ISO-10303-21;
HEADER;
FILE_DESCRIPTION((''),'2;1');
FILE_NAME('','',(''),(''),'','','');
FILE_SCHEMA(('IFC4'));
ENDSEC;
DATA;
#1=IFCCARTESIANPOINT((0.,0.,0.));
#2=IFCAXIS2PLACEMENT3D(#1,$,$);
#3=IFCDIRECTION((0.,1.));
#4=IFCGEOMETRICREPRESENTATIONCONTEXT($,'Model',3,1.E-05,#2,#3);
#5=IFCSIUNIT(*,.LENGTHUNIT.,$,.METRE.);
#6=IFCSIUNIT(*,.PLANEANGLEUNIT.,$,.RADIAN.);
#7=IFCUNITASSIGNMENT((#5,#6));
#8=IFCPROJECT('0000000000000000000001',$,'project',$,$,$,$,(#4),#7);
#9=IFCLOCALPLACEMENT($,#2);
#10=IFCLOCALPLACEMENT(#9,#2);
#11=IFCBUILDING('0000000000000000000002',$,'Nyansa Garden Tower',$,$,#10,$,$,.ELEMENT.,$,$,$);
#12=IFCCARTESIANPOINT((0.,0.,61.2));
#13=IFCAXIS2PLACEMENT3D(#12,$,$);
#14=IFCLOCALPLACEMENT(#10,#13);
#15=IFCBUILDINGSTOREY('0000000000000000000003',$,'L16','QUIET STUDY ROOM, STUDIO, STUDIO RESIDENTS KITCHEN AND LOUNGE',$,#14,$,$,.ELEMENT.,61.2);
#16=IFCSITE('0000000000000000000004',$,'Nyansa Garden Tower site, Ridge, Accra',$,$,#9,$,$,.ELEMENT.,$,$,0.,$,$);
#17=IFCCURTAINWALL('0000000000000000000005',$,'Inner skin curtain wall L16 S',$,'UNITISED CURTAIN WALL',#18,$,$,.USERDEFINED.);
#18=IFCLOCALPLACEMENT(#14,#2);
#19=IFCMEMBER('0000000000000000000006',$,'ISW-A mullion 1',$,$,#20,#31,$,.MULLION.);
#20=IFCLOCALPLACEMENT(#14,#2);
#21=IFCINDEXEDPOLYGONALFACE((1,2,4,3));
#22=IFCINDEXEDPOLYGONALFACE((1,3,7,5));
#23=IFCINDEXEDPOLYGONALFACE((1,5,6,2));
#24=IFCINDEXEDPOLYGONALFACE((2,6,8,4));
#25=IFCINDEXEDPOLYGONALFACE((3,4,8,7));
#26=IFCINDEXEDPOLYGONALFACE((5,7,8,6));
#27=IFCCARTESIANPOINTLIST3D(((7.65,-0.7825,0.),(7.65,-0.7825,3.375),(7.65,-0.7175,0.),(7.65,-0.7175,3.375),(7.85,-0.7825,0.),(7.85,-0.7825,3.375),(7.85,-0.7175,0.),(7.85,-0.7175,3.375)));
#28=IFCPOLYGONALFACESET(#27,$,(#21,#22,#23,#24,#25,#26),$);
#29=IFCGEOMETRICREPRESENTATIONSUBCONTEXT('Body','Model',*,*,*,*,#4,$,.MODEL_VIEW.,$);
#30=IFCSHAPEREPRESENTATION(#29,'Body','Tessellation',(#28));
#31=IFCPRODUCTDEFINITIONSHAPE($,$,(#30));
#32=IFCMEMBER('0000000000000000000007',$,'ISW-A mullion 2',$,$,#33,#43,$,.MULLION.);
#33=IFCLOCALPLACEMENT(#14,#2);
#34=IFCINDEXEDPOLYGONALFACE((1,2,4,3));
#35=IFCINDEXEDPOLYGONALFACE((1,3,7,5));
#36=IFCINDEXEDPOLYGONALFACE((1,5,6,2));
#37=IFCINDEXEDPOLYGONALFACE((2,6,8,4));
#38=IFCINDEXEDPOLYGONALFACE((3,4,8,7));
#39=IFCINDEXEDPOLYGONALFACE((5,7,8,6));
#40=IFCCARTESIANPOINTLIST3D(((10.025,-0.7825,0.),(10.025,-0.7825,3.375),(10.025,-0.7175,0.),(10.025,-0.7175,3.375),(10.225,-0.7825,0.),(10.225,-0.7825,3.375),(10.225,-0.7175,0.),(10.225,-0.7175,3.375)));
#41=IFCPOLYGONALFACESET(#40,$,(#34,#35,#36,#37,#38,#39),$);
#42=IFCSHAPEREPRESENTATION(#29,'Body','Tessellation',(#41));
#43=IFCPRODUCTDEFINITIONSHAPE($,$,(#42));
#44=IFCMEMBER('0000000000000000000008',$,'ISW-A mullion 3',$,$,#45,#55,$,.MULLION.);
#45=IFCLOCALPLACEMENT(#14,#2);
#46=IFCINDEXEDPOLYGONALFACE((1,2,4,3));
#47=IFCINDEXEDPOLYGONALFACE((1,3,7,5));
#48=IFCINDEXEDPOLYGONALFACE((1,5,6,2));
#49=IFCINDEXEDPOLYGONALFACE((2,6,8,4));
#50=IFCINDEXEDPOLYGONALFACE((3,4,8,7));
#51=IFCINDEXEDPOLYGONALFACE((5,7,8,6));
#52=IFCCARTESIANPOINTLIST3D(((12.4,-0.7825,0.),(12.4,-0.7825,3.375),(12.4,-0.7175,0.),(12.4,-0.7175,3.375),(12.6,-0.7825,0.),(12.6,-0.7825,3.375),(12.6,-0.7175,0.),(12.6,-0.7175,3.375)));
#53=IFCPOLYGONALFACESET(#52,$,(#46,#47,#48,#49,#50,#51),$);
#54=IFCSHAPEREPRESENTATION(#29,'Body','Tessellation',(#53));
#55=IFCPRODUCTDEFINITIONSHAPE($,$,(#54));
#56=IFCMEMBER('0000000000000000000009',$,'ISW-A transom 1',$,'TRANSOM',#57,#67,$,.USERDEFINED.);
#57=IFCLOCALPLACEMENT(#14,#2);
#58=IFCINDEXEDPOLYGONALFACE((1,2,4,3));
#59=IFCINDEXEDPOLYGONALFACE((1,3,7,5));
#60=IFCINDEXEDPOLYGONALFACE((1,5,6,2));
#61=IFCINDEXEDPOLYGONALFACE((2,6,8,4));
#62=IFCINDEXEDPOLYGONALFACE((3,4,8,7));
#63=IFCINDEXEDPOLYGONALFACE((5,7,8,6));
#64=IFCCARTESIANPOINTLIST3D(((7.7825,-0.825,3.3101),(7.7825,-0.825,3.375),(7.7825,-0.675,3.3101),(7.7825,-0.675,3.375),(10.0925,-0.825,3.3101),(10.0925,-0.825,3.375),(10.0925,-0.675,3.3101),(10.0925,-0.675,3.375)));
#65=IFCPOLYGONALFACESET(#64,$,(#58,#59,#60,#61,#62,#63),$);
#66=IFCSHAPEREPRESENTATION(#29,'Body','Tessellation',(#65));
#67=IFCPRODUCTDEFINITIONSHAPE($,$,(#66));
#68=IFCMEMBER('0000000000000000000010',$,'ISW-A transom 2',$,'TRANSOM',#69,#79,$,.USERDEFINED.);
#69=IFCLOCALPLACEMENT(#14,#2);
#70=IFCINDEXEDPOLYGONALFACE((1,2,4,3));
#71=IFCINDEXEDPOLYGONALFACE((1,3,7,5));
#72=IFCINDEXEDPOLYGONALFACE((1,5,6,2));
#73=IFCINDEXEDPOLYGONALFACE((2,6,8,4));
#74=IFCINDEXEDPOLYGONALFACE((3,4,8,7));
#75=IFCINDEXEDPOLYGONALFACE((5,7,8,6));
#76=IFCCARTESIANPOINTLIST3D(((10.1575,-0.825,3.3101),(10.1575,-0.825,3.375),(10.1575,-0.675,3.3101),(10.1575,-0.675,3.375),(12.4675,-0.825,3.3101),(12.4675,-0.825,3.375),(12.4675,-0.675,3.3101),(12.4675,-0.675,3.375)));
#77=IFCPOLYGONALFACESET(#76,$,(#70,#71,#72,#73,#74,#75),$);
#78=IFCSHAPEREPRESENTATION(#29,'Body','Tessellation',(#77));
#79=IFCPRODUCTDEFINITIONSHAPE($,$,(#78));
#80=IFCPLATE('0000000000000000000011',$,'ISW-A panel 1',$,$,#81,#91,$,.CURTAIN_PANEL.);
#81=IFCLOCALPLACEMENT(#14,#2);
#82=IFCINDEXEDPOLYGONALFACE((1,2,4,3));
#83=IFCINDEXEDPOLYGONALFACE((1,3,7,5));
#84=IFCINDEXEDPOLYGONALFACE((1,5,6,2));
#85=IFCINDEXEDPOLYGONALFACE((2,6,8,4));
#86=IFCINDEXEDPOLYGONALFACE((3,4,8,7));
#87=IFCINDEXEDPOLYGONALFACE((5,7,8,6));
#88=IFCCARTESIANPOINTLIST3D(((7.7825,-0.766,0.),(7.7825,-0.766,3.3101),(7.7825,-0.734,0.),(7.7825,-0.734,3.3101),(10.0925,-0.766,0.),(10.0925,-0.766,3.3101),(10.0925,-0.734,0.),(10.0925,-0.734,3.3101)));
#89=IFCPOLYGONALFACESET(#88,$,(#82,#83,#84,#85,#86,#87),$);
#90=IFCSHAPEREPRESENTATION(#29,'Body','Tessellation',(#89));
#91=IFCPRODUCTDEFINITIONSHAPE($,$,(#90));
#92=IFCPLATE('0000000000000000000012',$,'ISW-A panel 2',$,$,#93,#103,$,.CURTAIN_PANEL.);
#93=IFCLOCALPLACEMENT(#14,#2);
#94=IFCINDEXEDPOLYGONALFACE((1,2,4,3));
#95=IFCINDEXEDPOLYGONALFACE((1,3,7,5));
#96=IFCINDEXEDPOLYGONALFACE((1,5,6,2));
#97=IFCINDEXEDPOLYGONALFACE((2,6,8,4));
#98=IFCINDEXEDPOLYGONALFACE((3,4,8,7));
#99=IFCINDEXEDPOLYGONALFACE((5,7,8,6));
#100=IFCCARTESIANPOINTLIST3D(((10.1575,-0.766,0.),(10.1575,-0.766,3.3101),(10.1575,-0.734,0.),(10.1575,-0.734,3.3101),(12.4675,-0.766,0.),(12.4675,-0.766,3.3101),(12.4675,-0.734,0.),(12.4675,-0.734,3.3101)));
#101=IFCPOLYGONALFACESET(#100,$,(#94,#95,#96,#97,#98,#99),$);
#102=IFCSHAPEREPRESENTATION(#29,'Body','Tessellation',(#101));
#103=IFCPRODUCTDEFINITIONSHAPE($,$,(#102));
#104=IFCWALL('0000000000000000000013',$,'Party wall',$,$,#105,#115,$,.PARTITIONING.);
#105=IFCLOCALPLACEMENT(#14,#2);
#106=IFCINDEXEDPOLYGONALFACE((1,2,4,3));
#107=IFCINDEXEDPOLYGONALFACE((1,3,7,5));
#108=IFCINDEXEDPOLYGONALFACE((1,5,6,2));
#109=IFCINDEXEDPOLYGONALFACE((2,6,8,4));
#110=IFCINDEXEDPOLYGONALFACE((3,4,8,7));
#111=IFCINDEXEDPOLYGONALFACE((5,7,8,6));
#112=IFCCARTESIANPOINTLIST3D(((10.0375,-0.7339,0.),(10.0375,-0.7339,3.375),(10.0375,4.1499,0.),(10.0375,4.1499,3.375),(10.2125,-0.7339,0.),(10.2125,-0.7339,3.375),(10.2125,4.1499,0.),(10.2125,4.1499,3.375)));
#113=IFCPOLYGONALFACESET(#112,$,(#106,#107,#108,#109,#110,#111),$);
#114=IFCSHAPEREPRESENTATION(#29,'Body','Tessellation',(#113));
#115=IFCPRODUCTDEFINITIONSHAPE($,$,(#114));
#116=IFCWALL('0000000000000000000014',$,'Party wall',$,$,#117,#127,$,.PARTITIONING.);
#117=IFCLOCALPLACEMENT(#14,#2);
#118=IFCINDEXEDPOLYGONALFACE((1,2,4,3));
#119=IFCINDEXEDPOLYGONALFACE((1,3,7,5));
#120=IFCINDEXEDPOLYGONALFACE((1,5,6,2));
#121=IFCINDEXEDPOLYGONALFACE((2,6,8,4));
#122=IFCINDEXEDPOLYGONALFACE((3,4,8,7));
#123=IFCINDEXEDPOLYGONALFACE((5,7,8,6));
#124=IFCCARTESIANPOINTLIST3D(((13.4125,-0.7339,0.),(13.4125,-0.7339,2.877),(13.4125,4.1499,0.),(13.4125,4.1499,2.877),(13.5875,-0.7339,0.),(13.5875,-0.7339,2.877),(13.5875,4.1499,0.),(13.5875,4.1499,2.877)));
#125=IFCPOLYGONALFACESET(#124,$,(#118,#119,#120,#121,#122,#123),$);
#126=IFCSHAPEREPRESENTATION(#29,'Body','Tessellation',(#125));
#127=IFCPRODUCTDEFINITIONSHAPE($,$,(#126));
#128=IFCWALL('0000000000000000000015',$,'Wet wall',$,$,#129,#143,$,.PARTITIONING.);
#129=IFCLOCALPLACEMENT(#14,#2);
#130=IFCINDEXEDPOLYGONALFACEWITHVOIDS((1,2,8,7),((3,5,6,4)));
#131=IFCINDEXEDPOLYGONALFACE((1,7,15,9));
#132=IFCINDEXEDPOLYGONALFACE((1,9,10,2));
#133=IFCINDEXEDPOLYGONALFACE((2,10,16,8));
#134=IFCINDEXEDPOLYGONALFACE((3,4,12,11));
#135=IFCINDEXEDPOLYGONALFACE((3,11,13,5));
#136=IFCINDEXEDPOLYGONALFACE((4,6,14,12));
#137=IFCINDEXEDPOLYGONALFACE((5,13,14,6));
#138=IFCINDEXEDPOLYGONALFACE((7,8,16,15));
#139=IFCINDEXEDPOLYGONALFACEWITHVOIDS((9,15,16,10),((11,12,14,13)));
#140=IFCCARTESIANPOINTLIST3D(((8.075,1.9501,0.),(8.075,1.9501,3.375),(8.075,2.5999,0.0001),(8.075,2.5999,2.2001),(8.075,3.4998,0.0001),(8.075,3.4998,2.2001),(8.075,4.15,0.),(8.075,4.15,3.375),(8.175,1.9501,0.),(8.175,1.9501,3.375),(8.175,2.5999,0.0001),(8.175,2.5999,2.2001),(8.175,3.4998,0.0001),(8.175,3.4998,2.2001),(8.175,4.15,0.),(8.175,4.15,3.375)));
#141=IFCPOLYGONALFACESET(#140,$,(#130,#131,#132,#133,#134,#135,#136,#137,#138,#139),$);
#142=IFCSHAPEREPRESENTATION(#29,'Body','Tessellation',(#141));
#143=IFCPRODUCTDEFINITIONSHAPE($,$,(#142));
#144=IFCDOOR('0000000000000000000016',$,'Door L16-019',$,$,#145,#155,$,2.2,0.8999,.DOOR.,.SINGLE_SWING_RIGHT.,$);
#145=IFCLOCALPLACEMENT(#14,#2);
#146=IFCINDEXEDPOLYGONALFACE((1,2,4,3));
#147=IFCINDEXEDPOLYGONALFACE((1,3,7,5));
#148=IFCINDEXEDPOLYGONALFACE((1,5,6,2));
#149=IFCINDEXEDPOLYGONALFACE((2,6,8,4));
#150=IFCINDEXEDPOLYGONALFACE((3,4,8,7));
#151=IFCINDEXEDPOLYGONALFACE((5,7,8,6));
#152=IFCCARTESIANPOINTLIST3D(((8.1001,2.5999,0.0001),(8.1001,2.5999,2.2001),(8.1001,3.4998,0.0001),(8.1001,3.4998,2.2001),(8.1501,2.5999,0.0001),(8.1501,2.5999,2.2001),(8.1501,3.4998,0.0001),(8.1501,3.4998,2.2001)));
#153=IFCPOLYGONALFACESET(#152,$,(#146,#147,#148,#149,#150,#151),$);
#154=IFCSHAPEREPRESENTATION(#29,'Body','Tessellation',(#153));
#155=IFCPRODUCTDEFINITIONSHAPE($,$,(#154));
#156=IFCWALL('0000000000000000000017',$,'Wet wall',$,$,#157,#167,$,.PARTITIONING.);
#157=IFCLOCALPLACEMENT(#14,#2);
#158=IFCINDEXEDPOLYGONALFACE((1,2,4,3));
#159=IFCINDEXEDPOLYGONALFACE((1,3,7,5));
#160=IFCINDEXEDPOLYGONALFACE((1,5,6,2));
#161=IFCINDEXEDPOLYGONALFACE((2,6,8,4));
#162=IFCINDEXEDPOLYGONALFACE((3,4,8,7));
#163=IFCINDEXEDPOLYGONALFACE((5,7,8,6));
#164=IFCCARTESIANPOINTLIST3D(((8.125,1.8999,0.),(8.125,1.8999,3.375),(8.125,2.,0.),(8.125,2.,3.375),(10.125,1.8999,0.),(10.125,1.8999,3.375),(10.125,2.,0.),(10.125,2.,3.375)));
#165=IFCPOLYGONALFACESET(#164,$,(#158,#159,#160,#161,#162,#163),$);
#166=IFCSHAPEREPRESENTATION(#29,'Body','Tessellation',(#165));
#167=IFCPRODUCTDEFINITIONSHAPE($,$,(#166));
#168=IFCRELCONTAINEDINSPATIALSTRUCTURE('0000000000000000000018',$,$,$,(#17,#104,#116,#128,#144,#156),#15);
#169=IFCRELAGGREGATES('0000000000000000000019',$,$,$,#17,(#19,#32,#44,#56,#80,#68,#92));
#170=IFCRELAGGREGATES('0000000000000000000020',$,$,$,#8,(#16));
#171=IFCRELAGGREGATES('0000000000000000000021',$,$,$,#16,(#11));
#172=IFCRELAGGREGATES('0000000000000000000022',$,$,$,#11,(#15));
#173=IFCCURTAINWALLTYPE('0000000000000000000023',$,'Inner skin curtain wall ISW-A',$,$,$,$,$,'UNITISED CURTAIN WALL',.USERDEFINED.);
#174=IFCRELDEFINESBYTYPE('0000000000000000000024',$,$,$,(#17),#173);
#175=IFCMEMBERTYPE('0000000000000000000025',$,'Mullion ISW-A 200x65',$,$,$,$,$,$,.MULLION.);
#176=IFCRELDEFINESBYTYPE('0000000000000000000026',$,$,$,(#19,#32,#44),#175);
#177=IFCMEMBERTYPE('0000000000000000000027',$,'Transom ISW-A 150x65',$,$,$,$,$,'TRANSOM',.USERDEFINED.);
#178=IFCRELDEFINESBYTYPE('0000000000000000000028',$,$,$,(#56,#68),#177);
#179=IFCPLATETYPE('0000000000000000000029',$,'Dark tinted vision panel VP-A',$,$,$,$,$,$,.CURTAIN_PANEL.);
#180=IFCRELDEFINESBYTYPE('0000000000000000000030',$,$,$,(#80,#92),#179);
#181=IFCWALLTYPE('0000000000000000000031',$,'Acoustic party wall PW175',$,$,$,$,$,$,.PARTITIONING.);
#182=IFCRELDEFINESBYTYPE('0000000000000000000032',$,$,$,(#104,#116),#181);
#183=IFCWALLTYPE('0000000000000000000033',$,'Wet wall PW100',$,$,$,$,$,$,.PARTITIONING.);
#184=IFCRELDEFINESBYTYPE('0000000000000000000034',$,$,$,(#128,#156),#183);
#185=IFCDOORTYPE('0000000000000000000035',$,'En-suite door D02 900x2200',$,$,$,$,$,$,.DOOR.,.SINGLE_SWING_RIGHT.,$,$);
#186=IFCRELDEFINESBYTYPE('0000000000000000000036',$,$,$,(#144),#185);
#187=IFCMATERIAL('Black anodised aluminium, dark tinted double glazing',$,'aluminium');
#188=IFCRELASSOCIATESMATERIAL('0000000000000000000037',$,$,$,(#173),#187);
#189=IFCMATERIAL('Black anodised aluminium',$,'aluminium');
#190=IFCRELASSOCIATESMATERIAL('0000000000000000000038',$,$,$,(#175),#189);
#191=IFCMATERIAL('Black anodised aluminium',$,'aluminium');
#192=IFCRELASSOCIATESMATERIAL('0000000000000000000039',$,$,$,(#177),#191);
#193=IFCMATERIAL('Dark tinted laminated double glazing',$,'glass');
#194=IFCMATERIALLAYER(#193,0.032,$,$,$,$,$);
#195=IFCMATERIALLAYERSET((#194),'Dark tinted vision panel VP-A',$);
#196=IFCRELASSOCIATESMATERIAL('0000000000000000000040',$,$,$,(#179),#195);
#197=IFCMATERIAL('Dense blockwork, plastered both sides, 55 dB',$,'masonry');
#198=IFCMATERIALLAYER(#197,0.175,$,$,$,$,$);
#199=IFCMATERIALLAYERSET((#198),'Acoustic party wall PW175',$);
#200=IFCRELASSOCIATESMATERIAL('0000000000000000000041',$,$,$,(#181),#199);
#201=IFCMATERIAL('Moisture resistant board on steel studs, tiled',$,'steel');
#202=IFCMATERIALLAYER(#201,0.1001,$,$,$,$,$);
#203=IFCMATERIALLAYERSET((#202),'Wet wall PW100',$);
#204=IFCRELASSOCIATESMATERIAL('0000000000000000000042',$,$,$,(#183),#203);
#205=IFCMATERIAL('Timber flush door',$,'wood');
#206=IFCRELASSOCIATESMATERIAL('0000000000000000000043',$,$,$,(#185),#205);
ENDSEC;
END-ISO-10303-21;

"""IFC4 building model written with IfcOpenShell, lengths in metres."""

from ifc_helpers import new_model, si_unit, direction, frame, frame_2d, origin, origin_2d, place, context, subcontext, project, spatial, rectangle, extrude, material, layer, layer_set, material_profile, profile_set, type_object, element, fill, aggregate, save


model = new_model("IFC4")

# Units and contexts
model_context = context("Model", 3, precision=1e-05, world=origin(), true_north=direction((0.0, 1.0)))
body_context = subcontext(model_context, "Body", "Model", "MODEL_VIEW")
ifc_project = project(units=[si_unit("LENGTHUNIT", "METRE"), si_unit("PLANEANGLEUNIT", "RADIAN")], contexts=[model_context])

# Site, building, storey
site_placement = place(None, origin())
site = spatial("IfcSite", under=ifc_project, at=site_placement, Name="Nyansa Garden Tower site, Ridge, Accra", CompositionType="ELEMENT", RefElevation=0.0)
building_placement = place(site_placement, origin())
building = spatial("IfcBuilding", under=site, at=building_placement, Name="Nyansa Garden Tower", CompositionType="ELEMENT")
storey_placement = place(building_placement, frame((0.0, 0.0, 61.2)))
storey = spatial("IfcBuildingStorey", under=building, at=storey_placement, Name="L16", Description="QUIET STUDY ROOM, STUDIO, STUDIO RESIDENTS KITCHEN AND LOUNGE", CompositionType="ELEMENT", Elevation=61.2)

# Curtain wall, members, plates
ifc_material_1 = material(Name="Black anodised aluminium, dark tinted double glazing", Category="aluminium")
curtain_wall_type = type_object("IfcCurtainWallType", Name="Inner skin curtain wall ISW-A", ElementType="UNITISED CURTAIN WALL", PredefinedType="USERDEFINED", material=ifc_material_1)
curtain_wall_placement = place(storey_placement, origin())
curtain_wall = element("IfcCurtainWall", 1, at=curtain_wall_placement, inside=storey, type_object=curtain_wall_type, Name="Inner skin curtain wall L16 S", ObjectType="UNITISED CURTAIN WALL", PredefinedType="USERDEFINED")
ifc_material_2 = material(Name="Black anodised aluminium", Category="aluminium")
ifc_material_profile_1 = material_profile(ifc_material_2, rectangle(XDim=0.0649, YDim=0.2, at=origin_2d()), Name="Mullion 200x65")
ifc_profile_set_1 = profile_set([ifc_material_profile_1], Name="Black anodised aluminium")
member_type_1 = type_object("IfcMemberType", Name="Mullion ISW-A 200x65", PredefinedType="MULLION", material=ifc_profile_set_1)
member_1_placement = place(storey_placement, frame((7.75, -0.75, 0.0), z_axis=(0.0, 0.0, 1.0), x_axis=(0.0, 1.0, 0.0)))
member_1 = element("IfcMember", 2, at=member_1_placement, type_object=member_type_1, Name="ISW-A mullion 1", PredefinedType="MULLION", context=body_context, shape_type="SweptSolid", body=[
    extrude(rectangle(XDim=0.0649, YDim=0.2, at=origin_2d()), origin(), (0.0, 0.0, 1.0), 3.375),
])
member_2_placement = place(storey_placement, frame((10.125, -0.75, 0.0), z_axis=(0.0, 0.0, 1.0), x_axis=(0.0, 1.0, 0.0)))
member_2 = element("IfcMember", 3, at=member_2_placement, type_object=member_type_1, Name="ISW-A mullion 2", PredefinedType="MULLION", context=body_context, shape_type="SweptSolid", body=[
    extrude(rectangle(XDim=0.0649, YDim=0.2, at=origin_2d()), origin(), (0.0, 0.0, 1.0), 3.375),
])
member_3_placement = place(storey_placement, frame((12.5, -0.75, 0.0), z_axis=(0.0, 0.0, 1.0), x_axis=(0.0, 1.0, 0.0)))
member_3 = element("IfcMember", 4, at=member_3_placement, type_object=member_type_1, Name="ISW-A mullion 3", PredefinedType="MULLION", context=body_context, shape_type="SweptSolid", body=[
    extrude(rectangle(XDim=0.0649, YDim=0.2, at=origin_2d()), origin(), (0.0, 0.0, 1.0), 3.375),
])
ifc_material_3 = material(Name="Black anodised aluminium", Category="aluminium")
ifc_material_profile_2 = material_profile(ifc_material_3, rectangle(XDim=0.1499, YDim=0.0649, at=origin_2d()), Name="Transom 150x65")
ifc_profile_set_2 = profile_set([ifc_material_profile_2], Name="Black anodised aluminium")
member_type_2 = type_object("IfcMemberType", Name="Transom ISW-A 150x65", ElementType="TRANSOM", PredefinedType="USERDEFINED", material=ifc_profile_set_2)
member_4_placement = place(storey_placement, frame((7.7825, -0.75, 3.3425), z_axis=(1.0, 0.0, 0.0), x_axis=(0.0, 1.0, 0.0)))
member_4 = element("IfcMember", 5, at=member_4_placement, type_object=member_type_2, Name="ISW-A transom 1", ObjectType="TRANSOM", PredefinedType="USERDEFINED", context=body_context, shape_type="SweptSolid", body=[
    extrude(rectangle(XDim=0.1499, YDim=0.0649, at=origin_2d()), origin(), (0.0, 0.0, 1.0), 2.3101),
])
member_5_placement = place(storey_placement, frame((10.1575, -0.75, 3.3425), z_axis=(1.0, 0.0, 0.0), x_axis=(0.0, 1.0, 0.0)))
member_5 = element("IfcMember", 6, at=member_5_placement, type_object=member_type_2, Name="ISW-A transom 2", ObjectType="TRANSOM", PredefinedType="USERDEFINED", context=body_context, shape_type="SweptSolid", body=[
    extrude(rectangle(XDim=0.1499, YDim=0.0649, at=origin_2d()), origin(), (0.0, 0.0, 1.0), 2.3101),
])
ifc_material_4 = material(Name="Dark tinted laminated double glazing", Category="glass")
ifc_layer_1 = layer(ifc_material_4, 0.032)
ifc_layer_set_1 = layer_set([ifc_layer_1], Name="Dark tinted vision panel VP-A")
plate_type = type_object("IfcPlateType", Name="Dark tinted vision panel VP-A", PredefinedType="CURTAIN_PANEL", material=ifc_layer_set_1)
plate_1_placement = place(storey_placement, frame((8.9375, -0.75, 0.0), z_axis=(0.0, 0.0, 1.0), x_axis=(1.0, 0.0, 0.0)))
plate_1 = element("IfcPlate", 7, at=plate_1_placement, type_object=plate_type, Name="ISW-A panel 1", PredefinedType="CURTAIN_PANEL", context=body_context, shape_type="SweptSolid", body=[
    extrude(rectangle(XDim=2.3101, YDim=0.032, at=origin_2d()), origin(), (0.0, 0.0, 1.0), 3.3101),
])
plate_2_placement = place(storey_placement, frame((11.3125, -0.75, 0.0), z_axis=(0.0, 0.0, 1.0), x_axis=(1.0, 0.0, 0.0)))
plate_2 = element("IfcPlate", 8, at=plate_2_placement, type_object=plate_type, Name="ISW-A panel 2", PredefinedType="CURTAIN_PANEL", context=body_context, shape_type="SweptSolid", body=[
    extrude(rectangle(XDim=2.3101, YDim=0.032, at=origin_2d()), origin(), (0.0, 0.0, 1.0), 3.3101),
])
aggregate(curtain_wall, [member_1, member_2, member_3, member_4, plate_1, member_5, plate_2])

# Walls
ifc_material_5 = material(Name="Dense blockwork, plastered both sides, 55 dB", Category="masonry")
ifc_layer_2 = layer(ifc_material_5, 0.175)
ifc_layer_set_2 = layer_set([ifc_layer_2], Name="Acoustic party wall PW175")
wall_type_1 = type_object("IfcWallType", Name="Acoustic party wall PW175", PredefinedType="PARTITIONING", material=ifc_layer_set_2)
wall_1_placement = place(storey_placement, frame((10.125, -0.7339, 0.0), z_axis=(0.0, 0.0, 1.0), x_axis=(0.0, 1.0, 0.0)))
element("IfcWall", 9, at=wall_1_placement, inside=storey, type_object=wall_type_1, Name="Party wall", PredefinedType="PARTITIONING", context=body_context, shape_type="SweptSolid", body=[
    extrude(rectangle(XDim=4.8838, YDim=0.175, at=frame_2d((2.4419, 0.0))), origin(), (0.0, 0.0, 1.0), 3.375),
])
wall_2_placement = place(storey_placement, frame((13.5, -0.7339, 0.0), z_axis=(0.0, 0.0, 1.0), x_axis=(0.0, 1.0, 0.0)))
element("IfcWall", 10, at=wall_2_placement, inside=storey, type_object=wall_type_1, Name="Party wall", PredefinedType="PARTITIONING", context=body_context, shape_type="SweptSolid", body=[
    extrude(rectangle(XDim=4.8838, YDim=0.175, at=frame_2d((2.4419, 0.0))), origin(), (0.0, 0.0, 1.0), 2.877),
])

# Wall, opening, door
ifc_material_6 = material(Name="Moisture resistant board on steel studs, tiled", Category="steel")
ifc_layer_3 = layer(ifc_material_6, 0.1001)
ifc_layer_set_3 = layer_set([ifc_layer_3], Name="Wet wall PW100")
wall_type_2 = type_object("IfcWallType", Name="Wet wall PW100", PredefinedType="PARTITIONING", material=ifc_layer_set_3)
wall_3_placement = place(storey_placement, frame((8.125, 1.95, 0.0), z_axis=(0.0, 0.0, 1.0), x_axis=(0.0, 1.0, 0.0)))
wall_3 = element("IfcWall", 11, at=wall_3_placement, inside=storey, type_object=wall_type_2, Name="Wet wall", PredefinedType="PARTITIONING", context=body_context, shape_type="SweptSolid", body=[
    extrude(rectangle(XDim=2.2, YDim=0.1001, at=frame_2d((1.1001, 0.0))), origin(), (0.0, 0.0, 1.0), 3.375),
])
opening_1_placement = place(wall_3_placement, frame((0.6499, 0.0, 0.0)))
opening_1 = element("IfcOpeningElement", 12, at=opening_1_placement, cuts=wall_3, PredefinedType="OPENING", context=body_context, shape_type="SweptSolid", body=[
    extrude(rectangle(XDim=0.8999, YDim=2.2, at=frame_2d((0.45, 1.1001))), frame((0.0, 0.0601, 0.0), z_axis=(0.0, -1.0, 0.0), x_axis=(1.0, 0.0, 0.0)), (0.0, 0.0, 1.0), 0.1201),
])
ifc_material_7 = material(Name="Timber flush door", Category="wood")
door_type = type_object("IfcDoorType", Name="En-suite door D02 900x2200", OperationType="SINGLE_SWING_RIGHT", PredefinedType="DOOR", material=ifc_material_7)
door_1_placement = place(opening_1_placement, origin())
door_1 = element("IfcDoor", 13, at=door_1_placement, inside=storey, type_object=door_type, Name="Door L16-019", OperationType="SINGLE_SWING_RIGHT", OverallHeight=2.2, OverallWidth=0.8999, PredefinedType="DOOR", context=body_context, shape_type="SweptSolid", body=[
    extrude(rectangle(XDim=0.8999, YDim=2.2, at=frame_2d((0.45, 1.1001))), frame((0.0, 0.0249, 0.0), z_axis=(0.0, -1.0, 0.0), x_axis=(1.0, 0.0, 0.0)), (0.0, 0.0, 1.0), 0.05),
])
fill(opening_1, door_1)

# Wall
wall_4_placement = place(storey_placement, frame((8.125, 1.95, 0.0), z_axis=(0.0, 0.0, 1.0), x_axis=(1.0, 0.0, 0.0)))
element("IfcWall", 14, at=wall_4_placement, inside=storey, type_object=wall_type_2, Name="Wet wall", PredefinedType="PARTITIONING", context=body_context, shape_type="SweptSolid", body=[
    extrude(rectangle(XDim=2.0, YDim=0.1001, at=frame_2d((1.0, 0.0))), origin(), (0.0, 0.0, 1.0), 3.375),
])

save(model, "model.ifc")
